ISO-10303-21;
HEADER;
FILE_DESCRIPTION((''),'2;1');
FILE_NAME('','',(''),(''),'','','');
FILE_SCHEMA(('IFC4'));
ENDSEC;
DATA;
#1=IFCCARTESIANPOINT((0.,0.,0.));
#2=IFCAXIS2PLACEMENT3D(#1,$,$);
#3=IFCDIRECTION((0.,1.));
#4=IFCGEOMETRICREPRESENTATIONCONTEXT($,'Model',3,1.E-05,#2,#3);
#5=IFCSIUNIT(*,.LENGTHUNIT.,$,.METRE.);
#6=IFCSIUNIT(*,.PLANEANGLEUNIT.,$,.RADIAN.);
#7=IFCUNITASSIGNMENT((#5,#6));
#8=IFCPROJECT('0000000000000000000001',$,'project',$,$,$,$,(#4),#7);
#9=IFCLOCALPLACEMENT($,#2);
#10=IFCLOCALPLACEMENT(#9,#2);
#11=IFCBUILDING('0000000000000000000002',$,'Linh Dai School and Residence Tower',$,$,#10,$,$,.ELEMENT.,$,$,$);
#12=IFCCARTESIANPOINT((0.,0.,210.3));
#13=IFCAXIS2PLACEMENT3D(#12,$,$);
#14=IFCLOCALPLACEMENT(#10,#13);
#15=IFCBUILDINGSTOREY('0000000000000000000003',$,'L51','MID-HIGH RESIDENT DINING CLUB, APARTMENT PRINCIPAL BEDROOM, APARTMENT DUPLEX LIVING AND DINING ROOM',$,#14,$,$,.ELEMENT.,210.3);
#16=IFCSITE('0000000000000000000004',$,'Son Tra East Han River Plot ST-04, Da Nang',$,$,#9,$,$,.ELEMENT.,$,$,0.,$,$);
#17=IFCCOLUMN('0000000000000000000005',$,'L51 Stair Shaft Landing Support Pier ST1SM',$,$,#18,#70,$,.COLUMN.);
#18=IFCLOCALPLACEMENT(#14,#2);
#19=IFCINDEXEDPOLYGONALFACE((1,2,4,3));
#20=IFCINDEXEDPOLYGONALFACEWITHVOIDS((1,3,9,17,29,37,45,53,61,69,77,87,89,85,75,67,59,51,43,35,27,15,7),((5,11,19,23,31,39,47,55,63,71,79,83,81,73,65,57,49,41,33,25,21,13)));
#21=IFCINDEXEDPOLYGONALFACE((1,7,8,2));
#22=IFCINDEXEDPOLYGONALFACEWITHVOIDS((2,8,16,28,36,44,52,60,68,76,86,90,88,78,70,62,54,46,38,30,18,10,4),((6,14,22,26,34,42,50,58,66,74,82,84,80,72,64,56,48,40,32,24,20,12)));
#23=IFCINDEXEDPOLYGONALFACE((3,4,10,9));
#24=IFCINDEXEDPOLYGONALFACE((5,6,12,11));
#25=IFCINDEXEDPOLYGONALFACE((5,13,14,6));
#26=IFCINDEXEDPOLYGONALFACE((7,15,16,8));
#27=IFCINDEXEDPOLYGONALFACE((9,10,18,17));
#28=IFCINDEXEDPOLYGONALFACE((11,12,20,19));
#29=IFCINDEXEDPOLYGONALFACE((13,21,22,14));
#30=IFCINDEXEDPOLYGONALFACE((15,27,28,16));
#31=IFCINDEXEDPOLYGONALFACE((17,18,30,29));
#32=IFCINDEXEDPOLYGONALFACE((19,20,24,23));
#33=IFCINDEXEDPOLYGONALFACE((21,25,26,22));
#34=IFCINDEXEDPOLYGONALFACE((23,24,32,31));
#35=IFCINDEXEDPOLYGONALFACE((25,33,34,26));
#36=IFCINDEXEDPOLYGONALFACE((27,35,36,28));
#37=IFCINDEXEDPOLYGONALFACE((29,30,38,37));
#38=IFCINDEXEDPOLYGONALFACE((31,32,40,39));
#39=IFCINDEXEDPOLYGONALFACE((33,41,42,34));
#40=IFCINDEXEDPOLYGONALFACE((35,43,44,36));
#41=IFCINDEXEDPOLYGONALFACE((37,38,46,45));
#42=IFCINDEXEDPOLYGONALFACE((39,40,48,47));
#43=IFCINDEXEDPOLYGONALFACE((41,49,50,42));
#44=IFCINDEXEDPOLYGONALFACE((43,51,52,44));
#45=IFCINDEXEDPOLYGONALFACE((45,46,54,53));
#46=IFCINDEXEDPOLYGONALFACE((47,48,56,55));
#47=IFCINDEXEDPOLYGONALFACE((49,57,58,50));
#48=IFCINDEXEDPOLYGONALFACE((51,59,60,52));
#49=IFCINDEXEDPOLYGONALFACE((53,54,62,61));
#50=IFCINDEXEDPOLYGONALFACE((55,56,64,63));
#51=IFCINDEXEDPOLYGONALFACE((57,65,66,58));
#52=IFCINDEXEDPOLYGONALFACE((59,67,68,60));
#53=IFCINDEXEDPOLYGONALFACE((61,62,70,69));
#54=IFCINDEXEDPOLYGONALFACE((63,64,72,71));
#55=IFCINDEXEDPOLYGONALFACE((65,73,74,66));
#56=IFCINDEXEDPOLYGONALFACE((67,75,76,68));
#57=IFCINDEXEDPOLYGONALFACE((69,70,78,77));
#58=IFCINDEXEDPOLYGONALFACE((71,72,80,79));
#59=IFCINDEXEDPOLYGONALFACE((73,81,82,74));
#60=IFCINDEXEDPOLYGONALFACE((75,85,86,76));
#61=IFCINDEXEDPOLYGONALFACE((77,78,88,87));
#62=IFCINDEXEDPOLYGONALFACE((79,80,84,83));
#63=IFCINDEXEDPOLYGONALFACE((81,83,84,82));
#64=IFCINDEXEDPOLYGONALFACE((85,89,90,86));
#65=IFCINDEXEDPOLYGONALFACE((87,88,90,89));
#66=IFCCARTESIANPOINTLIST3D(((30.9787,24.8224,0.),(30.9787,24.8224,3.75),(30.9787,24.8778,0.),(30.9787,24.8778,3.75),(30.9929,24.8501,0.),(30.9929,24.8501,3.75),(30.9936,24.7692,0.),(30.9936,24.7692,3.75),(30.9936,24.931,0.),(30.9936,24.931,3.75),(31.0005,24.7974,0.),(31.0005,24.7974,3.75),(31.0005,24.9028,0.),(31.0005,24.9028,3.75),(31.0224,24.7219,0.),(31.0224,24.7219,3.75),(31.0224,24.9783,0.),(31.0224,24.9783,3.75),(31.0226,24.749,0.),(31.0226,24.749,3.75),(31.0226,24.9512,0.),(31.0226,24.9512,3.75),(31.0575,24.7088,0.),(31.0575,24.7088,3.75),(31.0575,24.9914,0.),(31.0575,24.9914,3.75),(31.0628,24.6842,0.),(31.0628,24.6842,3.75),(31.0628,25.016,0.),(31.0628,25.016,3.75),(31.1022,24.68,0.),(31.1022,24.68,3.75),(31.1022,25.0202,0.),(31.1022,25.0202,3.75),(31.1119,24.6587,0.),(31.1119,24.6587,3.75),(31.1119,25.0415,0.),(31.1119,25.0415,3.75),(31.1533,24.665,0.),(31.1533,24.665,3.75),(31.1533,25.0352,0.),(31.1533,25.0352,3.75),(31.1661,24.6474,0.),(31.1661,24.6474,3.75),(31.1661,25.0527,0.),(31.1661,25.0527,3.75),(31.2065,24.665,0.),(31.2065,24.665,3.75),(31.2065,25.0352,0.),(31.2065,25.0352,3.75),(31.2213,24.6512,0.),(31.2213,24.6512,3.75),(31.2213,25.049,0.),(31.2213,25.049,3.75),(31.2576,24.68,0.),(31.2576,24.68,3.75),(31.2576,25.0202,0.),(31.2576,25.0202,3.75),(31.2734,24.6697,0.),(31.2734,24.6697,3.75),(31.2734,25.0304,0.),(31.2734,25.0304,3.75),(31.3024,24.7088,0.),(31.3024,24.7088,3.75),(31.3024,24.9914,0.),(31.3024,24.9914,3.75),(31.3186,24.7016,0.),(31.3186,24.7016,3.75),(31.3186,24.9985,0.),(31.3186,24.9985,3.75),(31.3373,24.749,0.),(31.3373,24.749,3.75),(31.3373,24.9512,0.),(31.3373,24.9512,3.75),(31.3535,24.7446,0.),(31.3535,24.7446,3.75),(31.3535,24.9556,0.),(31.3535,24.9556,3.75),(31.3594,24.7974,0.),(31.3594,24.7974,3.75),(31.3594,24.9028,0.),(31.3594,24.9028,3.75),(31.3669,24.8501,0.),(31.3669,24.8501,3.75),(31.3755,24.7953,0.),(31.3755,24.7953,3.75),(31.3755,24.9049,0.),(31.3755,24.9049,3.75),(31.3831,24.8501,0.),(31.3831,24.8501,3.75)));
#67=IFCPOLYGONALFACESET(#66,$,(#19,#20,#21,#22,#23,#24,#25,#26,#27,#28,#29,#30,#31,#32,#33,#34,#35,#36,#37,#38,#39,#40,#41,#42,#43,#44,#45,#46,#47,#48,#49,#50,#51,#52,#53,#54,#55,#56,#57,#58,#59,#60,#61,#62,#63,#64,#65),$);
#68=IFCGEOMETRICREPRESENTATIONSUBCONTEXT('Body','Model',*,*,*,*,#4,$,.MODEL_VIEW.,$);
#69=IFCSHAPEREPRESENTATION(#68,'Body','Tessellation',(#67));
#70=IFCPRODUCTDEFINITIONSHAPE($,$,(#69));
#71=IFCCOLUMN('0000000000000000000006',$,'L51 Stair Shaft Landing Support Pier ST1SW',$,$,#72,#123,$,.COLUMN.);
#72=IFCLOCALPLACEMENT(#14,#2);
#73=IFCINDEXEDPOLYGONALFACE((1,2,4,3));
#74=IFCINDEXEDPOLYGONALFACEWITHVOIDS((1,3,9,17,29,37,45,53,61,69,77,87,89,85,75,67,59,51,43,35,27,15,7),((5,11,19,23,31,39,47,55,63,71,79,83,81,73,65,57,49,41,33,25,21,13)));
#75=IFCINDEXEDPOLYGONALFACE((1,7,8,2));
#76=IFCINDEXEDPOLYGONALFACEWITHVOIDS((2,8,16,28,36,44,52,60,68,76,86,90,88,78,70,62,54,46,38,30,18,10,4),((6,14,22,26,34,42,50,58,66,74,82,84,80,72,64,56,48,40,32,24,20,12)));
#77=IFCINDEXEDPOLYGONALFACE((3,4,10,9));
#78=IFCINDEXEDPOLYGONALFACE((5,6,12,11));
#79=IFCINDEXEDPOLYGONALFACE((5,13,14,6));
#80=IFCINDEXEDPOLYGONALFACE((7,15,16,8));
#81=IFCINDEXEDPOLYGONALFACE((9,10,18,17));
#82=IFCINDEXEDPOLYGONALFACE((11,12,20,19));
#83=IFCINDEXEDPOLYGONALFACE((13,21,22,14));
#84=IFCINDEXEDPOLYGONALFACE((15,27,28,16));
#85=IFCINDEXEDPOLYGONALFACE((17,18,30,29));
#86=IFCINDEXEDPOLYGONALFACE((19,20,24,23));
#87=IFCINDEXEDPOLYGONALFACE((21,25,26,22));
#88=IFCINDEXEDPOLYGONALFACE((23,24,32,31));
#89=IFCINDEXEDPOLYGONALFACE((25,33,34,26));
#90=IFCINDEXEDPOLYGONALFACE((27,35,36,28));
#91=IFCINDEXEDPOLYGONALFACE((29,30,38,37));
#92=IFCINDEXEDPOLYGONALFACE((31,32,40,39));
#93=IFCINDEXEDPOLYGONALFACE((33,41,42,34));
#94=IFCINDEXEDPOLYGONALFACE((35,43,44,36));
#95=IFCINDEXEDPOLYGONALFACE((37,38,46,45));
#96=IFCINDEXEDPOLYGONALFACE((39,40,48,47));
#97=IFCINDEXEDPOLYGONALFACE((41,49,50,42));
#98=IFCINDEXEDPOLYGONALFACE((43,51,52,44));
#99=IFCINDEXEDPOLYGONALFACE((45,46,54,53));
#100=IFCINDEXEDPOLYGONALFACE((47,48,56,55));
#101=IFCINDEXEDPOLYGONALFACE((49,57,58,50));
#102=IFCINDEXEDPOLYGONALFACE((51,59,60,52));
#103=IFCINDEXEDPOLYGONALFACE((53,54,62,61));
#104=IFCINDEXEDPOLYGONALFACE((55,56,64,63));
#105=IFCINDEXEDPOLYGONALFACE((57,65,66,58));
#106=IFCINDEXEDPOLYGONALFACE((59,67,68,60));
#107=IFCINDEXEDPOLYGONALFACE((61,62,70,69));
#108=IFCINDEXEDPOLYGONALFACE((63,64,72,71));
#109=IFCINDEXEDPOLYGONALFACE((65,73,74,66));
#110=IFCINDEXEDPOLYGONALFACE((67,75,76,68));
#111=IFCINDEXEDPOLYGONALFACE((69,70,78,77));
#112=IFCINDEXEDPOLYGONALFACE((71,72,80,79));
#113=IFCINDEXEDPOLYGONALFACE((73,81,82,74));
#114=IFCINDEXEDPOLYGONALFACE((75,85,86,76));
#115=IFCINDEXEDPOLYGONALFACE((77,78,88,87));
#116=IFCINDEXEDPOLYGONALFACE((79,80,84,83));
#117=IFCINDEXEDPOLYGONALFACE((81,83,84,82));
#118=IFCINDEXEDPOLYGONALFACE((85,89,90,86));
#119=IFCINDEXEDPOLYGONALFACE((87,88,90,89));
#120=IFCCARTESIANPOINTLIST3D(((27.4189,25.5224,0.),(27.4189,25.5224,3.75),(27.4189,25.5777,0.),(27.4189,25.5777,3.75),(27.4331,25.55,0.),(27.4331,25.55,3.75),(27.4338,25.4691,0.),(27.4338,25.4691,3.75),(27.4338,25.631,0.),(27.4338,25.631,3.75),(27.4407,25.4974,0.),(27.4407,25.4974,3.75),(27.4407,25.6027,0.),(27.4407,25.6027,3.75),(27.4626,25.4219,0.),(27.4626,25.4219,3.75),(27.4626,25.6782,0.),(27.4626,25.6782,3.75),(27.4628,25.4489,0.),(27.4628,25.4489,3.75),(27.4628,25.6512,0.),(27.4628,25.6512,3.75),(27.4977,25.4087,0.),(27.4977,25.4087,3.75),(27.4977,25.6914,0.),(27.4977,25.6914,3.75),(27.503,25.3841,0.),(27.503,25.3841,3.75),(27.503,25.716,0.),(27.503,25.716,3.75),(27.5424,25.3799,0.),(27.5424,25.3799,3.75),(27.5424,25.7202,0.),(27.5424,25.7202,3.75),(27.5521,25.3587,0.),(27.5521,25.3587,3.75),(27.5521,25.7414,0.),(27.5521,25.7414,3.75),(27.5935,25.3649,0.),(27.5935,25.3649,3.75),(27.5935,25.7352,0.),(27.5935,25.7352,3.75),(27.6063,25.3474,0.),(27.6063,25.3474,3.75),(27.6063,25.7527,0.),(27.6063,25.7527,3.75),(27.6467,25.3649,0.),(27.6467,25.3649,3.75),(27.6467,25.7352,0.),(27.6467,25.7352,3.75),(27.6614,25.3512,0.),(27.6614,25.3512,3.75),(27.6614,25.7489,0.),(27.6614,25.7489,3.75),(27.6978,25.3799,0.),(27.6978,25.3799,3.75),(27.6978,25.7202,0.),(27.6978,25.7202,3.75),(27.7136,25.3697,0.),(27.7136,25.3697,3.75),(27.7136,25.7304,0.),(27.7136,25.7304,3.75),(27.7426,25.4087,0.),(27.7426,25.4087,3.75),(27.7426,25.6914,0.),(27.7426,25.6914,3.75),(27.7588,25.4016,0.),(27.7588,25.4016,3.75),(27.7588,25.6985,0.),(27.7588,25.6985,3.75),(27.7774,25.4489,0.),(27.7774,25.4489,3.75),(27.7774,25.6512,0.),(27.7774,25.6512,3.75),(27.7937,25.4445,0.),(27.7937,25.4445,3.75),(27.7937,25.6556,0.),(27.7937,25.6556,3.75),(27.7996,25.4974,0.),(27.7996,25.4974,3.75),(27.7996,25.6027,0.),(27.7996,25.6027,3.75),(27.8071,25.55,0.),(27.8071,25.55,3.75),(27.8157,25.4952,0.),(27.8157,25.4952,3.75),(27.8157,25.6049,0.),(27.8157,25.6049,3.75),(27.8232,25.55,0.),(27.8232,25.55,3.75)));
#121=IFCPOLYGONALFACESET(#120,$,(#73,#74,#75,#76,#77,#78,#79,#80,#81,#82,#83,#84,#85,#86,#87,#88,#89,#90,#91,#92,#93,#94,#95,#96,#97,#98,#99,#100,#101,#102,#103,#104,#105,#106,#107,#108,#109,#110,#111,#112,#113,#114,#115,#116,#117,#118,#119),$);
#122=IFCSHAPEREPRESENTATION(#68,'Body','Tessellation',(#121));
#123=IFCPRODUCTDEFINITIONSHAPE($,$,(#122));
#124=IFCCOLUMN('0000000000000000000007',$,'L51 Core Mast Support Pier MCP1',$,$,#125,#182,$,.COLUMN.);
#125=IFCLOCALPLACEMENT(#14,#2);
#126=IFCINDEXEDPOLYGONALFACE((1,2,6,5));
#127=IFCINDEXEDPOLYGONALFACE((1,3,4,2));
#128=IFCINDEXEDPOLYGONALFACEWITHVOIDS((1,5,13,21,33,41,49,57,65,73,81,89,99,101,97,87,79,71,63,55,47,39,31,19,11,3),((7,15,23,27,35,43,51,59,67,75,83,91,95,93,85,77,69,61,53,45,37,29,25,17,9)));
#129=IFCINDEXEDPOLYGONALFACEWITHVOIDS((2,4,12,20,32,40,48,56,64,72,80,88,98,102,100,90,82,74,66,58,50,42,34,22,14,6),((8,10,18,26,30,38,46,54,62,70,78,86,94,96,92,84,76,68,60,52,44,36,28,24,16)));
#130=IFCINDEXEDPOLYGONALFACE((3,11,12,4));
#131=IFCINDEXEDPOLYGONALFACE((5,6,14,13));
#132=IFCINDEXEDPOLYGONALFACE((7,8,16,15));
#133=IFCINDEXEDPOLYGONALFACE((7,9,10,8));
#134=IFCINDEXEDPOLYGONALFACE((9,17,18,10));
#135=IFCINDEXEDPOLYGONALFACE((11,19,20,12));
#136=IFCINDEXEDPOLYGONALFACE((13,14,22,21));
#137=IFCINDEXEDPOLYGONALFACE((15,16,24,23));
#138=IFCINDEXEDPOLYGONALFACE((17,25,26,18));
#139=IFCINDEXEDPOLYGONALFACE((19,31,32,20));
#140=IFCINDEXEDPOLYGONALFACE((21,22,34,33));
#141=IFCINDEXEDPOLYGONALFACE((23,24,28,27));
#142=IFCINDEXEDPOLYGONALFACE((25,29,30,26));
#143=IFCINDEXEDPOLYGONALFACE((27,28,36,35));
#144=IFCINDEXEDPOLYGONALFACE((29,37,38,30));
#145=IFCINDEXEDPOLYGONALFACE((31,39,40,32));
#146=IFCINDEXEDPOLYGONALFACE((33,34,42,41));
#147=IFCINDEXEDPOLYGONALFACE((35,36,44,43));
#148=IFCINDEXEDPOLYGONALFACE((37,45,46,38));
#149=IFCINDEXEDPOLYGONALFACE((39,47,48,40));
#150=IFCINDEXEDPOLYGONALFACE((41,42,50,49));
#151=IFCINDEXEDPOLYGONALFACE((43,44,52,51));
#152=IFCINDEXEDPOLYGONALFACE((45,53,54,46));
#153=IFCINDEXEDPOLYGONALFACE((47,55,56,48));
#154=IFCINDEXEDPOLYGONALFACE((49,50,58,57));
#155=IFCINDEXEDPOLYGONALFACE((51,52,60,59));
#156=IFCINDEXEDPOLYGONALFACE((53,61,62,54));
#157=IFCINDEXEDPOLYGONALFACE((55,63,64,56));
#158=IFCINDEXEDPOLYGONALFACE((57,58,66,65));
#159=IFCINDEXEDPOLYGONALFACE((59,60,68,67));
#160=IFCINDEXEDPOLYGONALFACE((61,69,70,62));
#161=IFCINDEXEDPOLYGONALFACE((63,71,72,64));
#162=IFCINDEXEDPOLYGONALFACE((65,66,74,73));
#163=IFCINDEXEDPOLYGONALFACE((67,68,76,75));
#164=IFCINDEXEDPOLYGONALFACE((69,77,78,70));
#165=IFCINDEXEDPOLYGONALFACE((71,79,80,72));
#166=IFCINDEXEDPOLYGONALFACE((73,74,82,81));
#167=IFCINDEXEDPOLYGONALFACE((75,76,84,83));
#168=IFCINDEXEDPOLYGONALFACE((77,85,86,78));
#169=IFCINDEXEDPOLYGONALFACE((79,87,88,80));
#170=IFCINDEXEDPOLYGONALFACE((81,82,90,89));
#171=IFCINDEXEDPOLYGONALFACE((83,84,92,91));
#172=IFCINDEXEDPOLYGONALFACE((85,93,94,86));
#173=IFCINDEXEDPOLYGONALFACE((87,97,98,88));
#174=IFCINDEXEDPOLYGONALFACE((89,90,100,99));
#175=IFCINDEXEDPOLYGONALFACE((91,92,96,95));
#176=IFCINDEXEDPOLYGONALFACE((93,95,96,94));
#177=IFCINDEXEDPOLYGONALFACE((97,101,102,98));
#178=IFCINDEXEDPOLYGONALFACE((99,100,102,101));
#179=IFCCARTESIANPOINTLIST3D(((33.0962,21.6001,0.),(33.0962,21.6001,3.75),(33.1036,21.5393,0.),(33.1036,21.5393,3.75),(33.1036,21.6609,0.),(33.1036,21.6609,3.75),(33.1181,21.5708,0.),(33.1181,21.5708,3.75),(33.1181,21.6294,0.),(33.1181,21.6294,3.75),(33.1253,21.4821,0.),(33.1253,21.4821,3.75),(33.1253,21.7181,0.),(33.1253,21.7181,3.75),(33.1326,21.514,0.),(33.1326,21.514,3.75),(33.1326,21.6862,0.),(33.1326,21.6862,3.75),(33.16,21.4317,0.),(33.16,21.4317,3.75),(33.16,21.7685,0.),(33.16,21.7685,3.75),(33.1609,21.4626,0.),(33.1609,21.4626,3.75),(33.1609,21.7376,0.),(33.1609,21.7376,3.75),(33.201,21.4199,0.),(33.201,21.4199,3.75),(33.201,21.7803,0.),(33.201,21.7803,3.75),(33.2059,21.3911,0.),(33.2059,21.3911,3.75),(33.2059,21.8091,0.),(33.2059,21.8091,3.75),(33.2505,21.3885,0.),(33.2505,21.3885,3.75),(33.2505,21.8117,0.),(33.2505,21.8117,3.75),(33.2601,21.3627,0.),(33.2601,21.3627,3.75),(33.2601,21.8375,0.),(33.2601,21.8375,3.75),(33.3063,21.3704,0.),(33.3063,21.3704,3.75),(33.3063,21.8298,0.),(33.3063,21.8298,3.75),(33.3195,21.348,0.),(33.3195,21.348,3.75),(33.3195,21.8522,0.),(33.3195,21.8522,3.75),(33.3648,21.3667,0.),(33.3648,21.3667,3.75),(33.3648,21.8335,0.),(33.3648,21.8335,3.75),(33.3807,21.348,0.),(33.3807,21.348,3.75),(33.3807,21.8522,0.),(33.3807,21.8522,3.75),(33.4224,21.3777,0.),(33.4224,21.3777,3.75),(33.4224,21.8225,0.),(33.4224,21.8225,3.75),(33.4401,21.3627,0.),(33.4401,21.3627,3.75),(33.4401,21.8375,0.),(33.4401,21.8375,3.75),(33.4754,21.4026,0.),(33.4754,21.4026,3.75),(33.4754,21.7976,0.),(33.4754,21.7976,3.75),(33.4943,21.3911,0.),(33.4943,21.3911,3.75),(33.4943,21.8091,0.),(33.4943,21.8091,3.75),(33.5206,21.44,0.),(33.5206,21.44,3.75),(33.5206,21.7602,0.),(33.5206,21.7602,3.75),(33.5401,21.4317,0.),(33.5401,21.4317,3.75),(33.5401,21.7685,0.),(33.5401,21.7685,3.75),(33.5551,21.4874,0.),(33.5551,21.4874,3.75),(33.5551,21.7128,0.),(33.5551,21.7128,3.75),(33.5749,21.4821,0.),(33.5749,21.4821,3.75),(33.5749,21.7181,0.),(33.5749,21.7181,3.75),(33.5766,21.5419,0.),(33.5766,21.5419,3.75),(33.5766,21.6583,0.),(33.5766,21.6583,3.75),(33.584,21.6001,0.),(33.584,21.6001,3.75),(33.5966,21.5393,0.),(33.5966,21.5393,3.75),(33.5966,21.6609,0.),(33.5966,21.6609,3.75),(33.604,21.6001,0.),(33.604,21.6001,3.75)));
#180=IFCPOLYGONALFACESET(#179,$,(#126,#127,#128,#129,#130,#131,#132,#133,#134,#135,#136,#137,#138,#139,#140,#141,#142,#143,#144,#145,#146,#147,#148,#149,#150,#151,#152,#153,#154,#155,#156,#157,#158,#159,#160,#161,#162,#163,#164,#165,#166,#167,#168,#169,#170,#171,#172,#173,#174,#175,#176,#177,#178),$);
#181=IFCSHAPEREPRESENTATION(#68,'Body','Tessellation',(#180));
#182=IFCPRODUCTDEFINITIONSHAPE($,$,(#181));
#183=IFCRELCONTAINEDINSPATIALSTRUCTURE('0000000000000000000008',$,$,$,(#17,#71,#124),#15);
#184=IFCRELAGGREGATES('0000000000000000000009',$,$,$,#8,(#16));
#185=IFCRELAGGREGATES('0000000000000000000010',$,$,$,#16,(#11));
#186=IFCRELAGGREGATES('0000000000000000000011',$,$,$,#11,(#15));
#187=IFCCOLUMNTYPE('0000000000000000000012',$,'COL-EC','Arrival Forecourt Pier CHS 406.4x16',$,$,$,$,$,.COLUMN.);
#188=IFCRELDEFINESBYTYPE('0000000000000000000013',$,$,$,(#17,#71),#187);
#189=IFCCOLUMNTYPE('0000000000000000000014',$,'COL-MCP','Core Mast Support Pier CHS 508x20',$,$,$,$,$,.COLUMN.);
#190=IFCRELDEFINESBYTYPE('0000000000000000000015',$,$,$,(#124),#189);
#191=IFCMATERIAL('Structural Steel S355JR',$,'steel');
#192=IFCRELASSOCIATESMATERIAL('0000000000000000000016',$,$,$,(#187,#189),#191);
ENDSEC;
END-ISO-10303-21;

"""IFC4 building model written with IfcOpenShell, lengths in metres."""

from ifc_helpers import new_model, si_unit, direction, frame, origin, origin_2d, place, context, subcontext, project, spatial, hollow_circle, extrude, material, material_profile, profile_set, type_object, element, save


model = new_model("IFC4")

# Units and contexts
model_context = context("Model", 3, precision=1e-05, world=origin(), true_north=direction((0.0, 1.0)))
body_context = subcontext(model_context, "Body", "Model", "MODEL_VIEW")
ifc_project = project(units=[si_unit("LENGTHUNIT", "METRE"), si_unit("PLANEANGLEUNIT", "RADIAN")], contexts=[model_context])

# Site, building, storey
site_placement = place(None, origin())
site = spatial("IfcSite", under=ifc_project, at=site_placement, Name="Son Tra East Han River Plot ST-04, Da Nang", CompositionType="ELEMENT", RefElevation=0.0)
building_placement = place(site_placement, origin())
building = spatial("IfcBuilding", under=site, at=building_placement, Name="Linh Dai School and Residence Tower", CompositionType="ELEMENT")
storey_placement = place(building_placement, frame((0.0, 0.0, 210.3)))
storey = spatial("IfcBuildingStorey", under=building, at=storey_placement, Name="L51", Description="MID-HIGH RESIDENT DINING CLUB, APARTMENT PRINCIPAL BEDROOM, APARTMENT DUPLEX LIVING AND DINING ROOM", CompositionType="ELEMENT", Elevation=210.3)

# Columns
ifc_material_1 = material(Name="Structural Steel S355JR", Category="steel")
ifc_material_profile_1 = material_profile(ifc_material_1, hollow_circle(Radius=0.2031, WallThickness=0.0161, at=origin_2d()), Name="CHS 406.4x16")
ifc_profile_set_1 = profile_set([ifc_material_profile_1], Name="Structural Steel S355JR")
column_type_1 = type_object("IfcColumnType", Name="COL-EC", Description="Arrival Forecourt Pier CHS 406.4x16", PredefinedType="COLUMN", material=ifc_profile_set_1)
for number, where, z_axis, x_axis, name in (
    (1, (31.1799, 24.8501, 0.0), (0.0, 0.0, 1.0), (1.0, 0.0, 0.0), "L51 Stair Shaft Landing Support Pier ST1SM"),
    (2, (27.6201, 25.55, 0.0), (0.0, 0.0, 1.0), (1.0, 0.0, 0.0), "L51 Stair Shaft Landing Support Pier ST1SW"),
):
    element("IfcColumn", number, at=place(storey_placement, frame(where, z_axis=z_axis, x_axis=x_axis)), inside=storey, type_object=column_type_1, Name=name, PredefinedType="COLUMN", context=body_context, shape_type="SweptSolid", body=[
        extrude(hollow_circle(Radius=0.2031, WallThickness=0.0161, at=origin_2d()), origin(), (0.0, 0.0, 1.0), 3.75),
    ])
ifc_material_profile_2 = material_profile(ifc_material_1, hollow_circle(Radius=0.2539, WallThickness=0.02, at=origin_2d()), Name="CHS 508x20")
ifc_profile_set_2 = profile_set([ifc_material_profile_2], Name="Structural Steel S355JR")
column_type_2 = type_object("IfcColumnType", Name="COL-MCP", Description="Core Mast Support Pier CHS 508x20", PredefinedType="COLUMN", material=ifc_profile_set_2)
column_placement = place(storey_placement, frame((33.3501, 21.6001, 0.0), z_axis=(0.0, 0.0, 1.0), x_axis=(1.0, 0.0, 0.0)))
element("IfcColumn", 3, at=column_placement, inside=storey, type_object=column_type_2, Name="L51 Core Mast Support Pier MCP1", PredefinedType="COLUMN", context=body_context, shape_type="SweptSolid", body=[
    extrude(hollow_circle(Radius=0.2539, WallThickness=0.02, at=origin_2d()), origin(), (0.0, 0.0, 1.0), 3.75),
])

save(model, "model.ifc")
